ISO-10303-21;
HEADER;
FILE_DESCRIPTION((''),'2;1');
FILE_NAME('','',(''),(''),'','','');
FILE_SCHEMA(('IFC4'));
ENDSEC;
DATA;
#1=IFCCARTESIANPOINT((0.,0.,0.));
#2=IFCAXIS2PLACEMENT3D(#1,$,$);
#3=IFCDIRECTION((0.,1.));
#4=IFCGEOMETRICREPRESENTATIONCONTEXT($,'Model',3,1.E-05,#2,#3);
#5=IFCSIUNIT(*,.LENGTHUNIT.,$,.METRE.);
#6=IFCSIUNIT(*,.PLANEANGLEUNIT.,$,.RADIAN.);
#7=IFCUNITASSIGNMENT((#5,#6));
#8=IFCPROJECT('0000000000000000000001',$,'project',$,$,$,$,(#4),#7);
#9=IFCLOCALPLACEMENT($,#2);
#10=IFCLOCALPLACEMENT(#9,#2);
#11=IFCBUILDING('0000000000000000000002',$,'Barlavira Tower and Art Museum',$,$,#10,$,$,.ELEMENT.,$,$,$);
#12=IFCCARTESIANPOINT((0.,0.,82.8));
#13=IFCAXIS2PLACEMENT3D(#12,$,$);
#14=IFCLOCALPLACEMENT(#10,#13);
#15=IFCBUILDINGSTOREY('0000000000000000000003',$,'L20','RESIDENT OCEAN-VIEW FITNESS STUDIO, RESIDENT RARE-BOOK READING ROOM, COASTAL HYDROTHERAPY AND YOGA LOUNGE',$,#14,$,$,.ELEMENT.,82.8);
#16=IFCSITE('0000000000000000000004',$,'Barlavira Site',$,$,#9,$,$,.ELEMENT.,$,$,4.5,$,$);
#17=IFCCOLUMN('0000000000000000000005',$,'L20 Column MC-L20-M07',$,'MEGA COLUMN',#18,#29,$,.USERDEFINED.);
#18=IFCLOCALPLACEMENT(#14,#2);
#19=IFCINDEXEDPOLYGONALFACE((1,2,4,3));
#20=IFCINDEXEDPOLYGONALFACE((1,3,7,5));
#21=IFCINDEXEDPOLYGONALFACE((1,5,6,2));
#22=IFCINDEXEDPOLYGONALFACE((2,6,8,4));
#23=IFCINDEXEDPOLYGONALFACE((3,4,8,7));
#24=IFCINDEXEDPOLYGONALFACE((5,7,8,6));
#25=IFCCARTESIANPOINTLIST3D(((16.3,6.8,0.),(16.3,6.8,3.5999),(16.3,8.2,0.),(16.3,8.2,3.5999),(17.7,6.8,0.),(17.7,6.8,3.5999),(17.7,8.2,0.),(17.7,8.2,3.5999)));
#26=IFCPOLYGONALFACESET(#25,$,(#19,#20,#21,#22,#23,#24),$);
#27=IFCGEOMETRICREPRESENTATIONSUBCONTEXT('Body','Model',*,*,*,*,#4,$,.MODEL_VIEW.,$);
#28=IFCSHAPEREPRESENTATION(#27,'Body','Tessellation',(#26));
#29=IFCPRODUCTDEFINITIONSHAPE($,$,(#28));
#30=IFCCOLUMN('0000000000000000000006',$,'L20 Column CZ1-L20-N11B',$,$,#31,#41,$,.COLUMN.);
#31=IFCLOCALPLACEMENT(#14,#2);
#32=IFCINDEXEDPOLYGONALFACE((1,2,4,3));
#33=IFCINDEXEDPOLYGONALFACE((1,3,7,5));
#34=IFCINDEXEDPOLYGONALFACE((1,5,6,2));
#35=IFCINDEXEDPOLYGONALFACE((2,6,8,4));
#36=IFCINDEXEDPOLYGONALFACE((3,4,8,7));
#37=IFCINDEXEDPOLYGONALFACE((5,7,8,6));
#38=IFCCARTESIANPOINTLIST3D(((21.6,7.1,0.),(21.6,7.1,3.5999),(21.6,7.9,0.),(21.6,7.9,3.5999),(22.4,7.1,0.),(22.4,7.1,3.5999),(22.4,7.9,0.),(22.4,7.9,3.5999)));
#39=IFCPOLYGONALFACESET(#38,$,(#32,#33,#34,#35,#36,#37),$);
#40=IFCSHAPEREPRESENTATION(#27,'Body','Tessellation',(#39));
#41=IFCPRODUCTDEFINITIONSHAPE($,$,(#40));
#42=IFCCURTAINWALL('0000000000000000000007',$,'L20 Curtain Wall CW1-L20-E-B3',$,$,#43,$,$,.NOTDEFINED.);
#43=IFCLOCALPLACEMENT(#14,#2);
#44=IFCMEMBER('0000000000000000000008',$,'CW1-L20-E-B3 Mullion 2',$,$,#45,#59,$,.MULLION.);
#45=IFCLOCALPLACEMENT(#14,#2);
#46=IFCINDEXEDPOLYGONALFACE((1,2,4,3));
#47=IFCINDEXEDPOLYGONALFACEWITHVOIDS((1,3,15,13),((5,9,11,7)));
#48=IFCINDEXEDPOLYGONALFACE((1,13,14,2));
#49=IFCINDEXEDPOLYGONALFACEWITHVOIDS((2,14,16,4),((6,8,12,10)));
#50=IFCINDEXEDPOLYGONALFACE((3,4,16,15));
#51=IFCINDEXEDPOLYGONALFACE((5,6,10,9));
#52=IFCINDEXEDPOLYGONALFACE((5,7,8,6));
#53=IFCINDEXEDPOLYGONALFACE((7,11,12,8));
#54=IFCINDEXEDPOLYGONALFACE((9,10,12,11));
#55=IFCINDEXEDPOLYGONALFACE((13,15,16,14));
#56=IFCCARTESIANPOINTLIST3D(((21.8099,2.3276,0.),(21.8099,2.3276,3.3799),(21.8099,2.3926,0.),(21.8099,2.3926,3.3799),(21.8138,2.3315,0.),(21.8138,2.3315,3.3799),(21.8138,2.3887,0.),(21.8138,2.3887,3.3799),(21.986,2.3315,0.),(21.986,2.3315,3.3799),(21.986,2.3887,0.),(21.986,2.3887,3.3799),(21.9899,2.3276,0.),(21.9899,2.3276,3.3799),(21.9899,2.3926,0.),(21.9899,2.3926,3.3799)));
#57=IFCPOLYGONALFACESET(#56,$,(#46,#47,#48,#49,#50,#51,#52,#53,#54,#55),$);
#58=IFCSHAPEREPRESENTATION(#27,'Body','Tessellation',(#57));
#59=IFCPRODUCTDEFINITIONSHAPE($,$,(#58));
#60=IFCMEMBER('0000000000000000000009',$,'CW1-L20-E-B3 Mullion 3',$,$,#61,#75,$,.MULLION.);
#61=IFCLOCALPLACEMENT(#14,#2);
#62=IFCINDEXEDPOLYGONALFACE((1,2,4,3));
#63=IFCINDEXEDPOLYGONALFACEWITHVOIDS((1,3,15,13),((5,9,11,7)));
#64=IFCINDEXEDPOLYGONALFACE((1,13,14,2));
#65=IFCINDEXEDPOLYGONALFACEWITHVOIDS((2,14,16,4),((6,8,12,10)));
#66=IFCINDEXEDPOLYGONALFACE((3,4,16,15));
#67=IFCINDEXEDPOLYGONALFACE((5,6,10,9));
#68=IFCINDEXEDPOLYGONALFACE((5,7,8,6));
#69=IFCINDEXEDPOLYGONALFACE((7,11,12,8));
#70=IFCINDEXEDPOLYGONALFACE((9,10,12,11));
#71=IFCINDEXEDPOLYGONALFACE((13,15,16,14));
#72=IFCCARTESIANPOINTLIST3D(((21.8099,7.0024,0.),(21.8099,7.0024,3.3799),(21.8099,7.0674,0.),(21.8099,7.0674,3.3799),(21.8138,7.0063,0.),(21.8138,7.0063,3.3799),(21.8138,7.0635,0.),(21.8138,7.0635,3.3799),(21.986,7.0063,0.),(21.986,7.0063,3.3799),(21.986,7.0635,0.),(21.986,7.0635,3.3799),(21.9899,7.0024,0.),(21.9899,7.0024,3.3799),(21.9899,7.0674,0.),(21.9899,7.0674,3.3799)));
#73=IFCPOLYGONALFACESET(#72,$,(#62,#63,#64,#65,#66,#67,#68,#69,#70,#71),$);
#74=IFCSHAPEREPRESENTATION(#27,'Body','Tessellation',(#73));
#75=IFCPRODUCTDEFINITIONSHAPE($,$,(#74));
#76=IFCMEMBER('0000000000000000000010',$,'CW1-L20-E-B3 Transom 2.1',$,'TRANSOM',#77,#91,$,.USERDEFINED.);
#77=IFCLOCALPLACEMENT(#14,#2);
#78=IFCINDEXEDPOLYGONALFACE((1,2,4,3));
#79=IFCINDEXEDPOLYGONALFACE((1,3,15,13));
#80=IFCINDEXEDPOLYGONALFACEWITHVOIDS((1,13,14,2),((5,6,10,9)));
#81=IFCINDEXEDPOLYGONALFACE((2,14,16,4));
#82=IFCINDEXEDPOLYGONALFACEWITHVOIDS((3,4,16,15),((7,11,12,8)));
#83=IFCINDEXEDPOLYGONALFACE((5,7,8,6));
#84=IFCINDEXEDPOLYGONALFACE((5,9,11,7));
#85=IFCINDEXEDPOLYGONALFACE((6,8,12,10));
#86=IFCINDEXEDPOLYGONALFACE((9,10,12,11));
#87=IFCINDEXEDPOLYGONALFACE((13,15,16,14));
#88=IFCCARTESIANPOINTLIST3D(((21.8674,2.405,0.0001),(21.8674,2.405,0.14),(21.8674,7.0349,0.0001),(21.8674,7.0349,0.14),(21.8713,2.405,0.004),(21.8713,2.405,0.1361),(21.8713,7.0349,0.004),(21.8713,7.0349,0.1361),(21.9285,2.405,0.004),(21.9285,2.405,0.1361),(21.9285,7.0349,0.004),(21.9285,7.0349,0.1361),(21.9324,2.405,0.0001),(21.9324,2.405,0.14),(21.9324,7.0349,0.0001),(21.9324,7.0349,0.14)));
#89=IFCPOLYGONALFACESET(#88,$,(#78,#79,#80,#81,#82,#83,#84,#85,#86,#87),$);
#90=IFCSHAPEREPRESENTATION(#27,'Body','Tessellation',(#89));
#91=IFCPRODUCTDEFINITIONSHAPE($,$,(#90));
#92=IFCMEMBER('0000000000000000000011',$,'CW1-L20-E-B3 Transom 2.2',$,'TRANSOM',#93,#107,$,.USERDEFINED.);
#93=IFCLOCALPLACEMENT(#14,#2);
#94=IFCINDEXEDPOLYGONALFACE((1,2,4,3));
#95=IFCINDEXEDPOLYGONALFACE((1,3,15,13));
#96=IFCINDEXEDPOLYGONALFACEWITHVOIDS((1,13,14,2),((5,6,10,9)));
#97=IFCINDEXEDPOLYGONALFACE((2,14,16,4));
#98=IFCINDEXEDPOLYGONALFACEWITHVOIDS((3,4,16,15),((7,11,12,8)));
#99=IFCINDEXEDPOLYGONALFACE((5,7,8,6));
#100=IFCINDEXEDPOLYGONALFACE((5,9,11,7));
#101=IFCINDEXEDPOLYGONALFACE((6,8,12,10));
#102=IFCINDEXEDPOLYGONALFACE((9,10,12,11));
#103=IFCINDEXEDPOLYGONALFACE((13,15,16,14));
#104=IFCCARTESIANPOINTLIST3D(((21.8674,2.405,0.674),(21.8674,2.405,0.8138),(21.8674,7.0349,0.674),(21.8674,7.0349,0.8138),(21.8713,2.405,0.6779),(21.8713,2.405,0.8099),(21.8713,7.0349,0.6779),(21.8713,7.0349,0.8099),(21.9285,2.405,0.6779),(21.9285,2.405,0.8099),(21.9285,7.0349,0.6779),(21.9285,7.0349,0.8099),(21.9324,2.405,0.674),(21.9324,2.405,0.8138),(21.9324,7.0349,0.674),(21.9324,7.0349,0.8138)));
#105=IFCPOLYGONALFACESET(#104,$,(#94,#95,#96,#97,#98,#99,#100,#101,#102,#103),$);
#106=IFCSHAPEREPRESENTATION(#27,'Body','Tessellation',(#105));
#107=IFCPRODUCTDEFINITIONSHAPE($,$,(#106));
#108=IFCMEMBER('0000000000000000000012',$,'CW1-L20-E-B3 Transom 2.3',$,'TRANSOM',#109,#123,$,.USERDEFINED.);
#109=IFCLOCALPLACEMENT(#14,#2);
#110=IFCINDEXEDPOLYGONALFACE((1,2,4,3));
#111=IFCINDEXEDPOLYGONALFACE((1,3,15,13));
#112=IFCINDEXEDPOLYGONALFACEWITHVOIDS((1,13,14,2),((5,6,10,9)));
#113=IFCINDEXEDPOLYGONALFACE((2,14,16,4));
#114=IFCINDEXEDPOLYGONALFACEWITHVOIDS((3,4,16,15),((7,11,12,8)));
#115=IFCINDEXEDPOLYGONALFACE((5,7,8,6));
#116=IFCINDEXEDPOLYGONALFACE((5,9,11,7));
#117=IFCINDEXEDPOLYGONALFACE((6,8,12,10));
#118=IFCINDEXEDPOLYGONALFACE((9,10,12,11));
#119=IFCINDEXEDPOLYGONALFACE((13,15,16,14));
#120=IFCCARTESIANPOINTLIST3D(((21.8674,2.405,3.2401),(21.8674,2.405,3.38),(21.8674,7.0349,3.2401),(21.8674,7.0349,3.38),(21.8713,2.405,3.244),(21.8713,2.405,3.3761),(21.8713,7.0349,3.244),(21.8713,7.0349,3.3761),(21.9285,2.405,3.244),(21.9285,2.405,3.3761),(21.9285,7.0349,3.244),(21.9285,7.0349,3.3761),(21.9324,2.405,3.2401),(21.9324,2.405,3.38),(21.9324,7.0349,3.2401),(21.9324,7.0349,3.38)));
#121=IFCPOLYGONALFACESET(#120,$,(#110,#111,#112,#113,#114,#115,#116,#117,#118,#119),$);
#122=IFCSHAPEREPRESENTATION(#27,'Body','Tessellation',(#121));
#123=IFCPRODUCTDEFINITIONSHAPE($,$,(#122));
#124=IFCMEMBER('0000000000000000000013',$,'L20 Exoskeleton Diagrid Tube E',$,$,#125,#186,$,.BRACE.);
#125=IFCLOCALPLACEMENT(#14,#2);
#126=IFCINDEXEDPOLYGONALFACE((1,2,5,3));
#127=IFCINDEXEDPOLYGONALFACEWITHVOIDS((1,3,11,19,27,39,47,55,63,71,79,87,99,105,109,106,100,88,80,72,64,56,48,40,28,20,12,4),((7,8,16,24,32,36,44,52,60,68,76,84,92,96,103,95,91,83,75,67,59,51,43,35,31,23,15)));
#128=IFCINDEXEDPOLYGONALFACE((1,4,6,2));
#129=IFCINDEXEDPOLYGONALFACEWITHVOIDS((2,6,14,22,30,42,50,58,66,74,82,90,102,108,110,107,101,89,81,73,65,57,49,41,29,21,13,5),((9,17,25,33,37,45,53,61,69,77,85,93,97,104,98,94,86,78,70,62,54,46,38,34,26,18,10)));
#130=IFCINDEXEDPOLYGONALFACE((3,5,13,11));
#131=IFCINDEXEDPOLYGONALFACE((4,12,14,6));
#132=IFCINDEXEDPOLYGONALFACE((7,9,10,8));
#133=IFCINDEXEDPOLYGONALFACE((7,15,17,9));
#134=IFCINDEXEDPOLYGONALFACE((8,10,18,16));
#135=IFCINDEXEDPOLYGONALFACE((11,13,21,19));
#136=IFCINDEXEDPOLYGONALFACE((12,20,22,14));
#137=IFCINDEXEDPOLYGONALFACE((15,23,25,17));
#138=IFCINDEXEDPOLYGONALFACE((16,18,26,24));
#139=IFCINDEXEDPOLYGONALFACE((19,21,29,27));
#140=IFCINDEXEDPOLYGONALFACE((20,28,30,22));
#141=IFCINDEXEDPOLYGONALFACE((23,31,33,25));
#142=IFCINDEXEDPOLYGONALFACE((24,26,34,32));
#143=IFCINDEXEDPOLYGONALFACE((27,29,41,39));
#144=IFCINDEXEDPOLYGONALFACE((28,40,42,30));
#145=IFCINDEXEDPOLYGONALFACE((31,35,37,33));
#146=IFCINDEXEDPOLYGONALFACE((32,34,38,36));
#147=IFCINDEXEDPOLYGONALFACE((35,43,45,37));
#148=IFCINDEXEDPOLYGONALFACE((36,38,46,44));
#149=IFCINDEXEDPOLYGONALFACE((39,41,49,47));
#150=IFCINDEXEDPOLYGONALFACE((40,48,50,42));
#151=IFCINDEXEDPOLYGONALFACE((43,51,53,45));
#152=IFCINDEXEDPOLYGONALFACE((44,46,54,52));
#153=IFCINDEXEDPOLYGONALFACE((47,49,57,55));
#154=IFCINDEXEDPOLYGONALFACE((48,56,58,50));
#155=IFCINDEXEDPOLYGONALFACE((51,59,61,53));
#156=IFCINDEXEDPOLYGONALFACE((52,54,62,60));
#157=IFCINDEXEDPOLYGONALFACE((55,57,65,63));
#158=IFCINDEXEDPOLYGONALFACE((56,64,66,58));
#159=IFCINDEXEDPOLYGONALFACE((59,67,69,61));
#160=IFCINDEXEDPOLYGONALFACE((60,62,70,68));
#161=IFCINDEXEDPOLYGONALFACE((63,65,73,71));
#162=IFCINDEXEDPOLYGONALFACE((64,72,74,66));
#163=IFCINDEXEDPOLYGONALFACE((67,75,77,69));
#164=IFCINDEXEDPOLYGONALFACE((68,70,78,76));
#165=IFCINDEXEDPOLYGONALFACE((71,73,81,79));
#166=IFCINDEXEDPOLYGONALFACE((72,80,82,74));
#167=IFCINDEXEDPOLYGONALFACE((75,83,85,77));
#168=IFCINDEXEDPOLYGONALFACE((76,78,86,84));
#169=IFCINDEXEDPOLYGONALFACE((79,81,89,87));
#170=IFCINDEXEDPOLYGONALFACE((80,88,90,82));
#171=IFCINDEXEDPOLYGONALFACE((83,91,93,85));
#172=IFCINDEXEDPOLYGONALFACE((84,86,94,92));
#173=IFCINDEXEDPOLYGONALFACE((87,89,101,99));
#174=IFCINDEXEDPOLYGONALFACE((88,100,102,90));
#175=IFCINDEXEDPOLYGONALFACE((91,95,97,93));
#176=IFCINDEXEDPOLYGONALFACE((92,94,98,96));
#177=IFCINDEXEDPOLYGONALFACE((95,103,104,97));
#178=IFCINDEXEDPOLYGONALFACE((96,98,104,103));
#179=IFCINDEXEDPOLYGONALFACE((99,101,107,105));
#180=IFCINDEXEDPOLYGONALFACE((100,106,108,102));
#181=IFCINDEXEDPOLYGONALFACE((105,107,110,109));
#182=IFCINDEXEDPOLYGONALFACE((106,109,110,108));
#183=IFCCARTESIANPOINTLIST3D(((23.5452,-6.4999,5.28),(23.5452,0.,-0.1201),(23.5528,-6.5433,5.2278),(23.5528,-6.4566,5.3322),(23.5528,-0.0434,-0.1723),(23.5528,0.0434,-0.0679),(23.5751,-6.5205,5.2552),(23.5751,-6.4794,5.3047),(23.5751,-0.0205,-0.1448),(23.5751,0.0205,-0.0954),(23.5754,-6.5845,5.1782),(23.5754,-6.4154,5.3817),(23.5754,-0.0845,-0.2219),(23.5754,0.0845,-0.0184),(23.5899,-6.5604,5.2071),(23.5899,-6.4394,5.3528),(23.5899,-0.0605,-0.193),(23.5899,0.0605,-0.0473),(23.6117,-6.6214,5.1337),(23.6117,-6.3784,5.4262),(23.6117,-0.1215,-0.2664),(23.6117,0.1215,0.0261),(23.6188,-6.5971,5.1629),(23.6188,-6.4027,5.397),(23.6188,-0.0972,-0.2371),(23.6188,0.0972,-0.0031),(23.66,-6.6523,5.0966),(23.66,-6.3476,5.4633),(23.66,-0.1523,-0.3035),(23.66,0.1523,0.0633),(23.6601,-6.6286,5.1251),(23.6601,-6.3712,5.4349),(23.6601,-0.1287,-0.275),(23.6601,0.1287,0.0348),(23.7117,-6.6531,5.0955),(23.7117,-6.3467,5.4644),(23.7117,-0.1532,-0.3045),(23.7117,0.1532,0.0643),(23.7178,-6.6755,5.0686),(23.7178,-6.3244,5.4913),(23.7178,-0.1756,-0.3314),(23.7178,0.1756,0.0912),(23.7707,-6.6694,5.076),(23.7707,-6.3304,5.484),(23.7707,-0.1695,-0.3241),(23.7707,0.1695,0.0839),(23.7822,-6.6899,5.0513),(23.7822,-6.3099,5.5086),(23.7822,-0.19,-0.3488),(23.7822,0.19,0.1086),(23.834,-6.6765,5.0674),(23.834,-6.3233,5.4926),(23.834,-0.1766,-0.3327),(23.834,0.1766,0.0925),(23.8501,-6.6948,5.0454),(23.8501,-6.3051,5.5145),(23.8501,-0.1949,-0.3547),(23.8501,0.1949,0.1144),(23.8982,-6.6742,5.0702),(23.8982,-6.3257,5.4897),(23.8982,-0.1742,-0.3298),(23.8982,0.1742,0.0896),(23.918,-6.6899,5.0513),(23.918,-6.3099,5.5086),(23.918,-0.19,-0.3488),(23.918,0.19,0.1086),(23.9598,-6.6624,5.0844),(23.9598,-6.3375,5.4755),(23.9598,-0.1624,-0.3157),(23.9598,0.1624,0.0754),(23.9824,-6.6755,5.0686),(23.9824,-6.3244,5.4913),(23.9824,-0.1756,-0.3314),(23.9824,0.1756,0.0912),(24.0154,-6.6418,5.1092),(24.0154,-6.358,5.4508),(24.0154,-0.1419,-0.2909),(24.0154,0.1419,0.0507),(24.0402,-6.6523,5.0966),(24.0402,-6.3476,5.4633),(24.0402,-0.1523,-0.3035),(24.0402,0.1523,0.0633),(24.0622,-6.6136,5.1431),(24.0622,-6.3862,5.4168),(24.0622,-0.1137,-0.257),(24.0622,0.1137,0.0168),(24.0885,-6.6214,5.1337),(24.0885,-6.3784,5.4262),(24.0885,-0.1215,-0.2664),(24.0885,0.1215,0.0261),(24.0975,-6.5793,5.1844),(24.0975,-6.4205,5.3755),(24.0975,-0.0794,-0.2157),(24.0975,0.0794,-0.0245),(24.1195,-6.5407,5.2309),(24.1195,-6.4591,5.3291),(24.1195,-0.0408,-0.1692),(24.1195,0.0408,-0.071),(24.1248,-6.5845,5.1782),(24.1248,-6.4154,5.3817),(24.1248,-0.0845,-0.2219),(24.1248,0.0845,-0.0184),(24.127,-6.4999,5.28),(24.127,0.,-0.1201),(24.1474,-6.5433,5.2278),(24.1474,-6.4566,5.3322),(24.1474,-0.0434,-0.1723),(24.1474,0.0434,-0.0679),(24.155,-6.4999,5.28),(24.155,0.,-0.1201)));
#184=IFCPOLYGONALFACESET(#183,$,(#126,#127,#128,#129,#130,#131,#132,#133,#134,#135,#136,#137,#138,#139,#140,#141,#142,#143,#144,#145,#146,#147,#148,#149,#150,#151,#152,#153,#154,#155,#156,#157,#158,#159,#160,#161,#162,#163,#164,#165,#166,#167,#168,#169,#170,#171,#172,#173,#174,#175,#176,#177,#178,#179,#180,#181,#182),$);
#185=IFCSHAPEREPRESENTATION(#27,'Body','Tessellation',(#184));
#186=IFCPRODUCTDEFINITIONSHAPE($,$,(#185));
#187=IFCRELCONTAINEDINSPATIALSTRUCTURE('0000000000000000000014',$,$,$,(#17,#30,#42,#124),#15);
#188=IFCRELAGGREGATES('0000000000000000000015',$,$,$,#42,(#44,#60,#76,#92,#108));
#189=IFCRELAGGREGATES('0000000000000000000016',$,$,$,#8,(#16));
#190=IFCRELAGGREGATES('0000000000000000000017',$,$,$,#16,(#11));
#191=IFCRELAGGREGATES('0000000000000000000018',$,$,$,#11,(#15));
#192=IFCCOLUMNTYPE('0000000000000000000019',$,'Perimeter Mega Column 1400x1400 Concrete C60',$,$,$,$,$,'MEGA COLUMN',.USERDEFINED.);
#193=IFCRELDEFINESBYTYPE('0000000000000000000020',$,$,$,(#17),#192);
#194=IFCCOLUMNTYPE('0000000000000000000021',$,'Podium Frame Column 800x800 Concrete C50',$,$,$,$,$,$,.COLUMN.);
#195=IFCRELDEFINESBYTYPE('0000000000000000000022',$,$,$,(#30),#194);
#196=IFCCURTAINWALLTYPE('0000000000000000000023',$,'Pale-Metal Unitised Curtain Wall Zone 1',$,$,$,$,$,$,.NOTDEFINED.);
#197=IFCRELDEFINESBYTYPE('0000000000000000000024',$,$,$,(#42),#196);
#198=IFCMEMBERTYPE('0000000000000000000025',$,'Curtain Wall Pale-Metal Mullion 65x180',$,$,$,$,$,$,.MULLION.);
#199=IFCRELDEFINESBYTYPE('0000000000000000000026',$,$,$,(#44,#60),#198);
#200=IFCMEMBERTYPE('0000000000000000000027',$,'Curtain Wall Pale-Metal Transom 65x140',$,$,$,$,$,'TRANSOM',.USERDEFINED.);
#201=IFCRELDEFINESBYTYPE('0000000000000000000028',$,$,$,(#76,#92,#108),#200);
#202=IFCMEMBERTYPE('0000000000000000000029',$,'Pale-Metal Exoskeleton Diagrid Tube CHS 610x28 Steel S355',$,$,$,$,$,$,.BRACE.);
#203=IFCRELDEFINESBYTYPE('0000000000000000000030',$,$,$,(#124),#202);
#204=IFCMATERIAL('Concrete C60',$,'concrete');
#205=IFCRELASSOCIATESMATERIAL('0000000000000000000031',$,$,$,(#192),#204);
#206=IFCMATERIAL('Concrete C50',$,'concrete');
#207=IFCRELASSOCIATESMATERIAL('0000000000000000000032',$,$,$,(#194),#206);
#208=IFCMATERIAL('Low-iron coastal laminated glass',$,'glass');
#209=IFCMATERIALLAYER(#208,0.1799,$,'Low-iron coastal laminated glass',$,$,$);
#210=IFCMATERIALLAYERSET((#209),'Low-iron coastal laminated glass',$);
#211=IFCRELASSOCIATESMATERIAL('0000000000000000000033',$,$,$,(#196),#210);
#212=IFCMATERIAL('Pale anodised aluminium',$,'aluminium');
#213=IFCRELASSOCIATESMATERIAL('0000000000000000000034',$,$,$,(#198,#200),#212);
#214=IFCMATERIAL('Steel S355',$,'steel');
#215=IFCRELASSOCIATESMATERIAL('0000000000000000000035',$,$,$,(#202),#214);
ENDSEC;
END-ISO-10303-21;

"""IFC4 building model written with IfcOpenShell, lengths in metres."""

from ifc_helpers import new_model, si_unit, direction, frame, origin, origin_2d, place, context, subcontext, project, spatial, rectangle, hollow_rectangle, hollow_circle, extrude, material, layer, layer_set, material_profile, profile_set, type_object, element, aggregate, save


model = new_model("IFC4")

# Units and contexts
model_context = context("Model", 3, precision=1e-05, world=origin(), true_north=direction((0.0, 1.0)))
body_context = subcontext(model_context, "Body", "Model", "MODEL_VIEW")
ifc_project = project(units=[si_unit("LENGTHUNIT", "METRE"), si_unit("PLANEANGLEUNIT", "RADIAN")], contexts=[model_context])

# Site, building, storey
site_placement = place(None, origin())
site = spatial("IfcSite", under=ifc_project, at=site_placement, Name="Barlavira Site", CompositionType="ELEMENT", RefElevation=4.5)
building_placement = place(site_placement, origin())
building = spatial("IfcBuilding", under=site, at=building_placement, Name="Barlavira Tower and Art Museum", CompositionType="ELEMENT")
storey_placement = place(building_placement, frame((0.0, 0.0, 82.8)))
storey = spatial("IfcBuildingStorey", under=building, at=storey_placement, Name="L20", Description="RESIDENT OCEAN-VIEW FITNESS STUDIO, RESIDENT RARE-BOOK READING ROOM, COASTAL HYDROTHERAPY AND YOGA LOUNGE", CompositionType="ELEMENT", Elevation=82.8)

# Columns
ifc_material_1 = material(Name="Concrete C60", Category="concrete")
ifc_material_profile_1 = material_profile(ifc_material_1, rectangle(XDim=1.3999, YDim=1.3999, at=origin_2d()), Name="RC-MCOL 1400x1400")
ifc_profile_set_1 = profile_set([ifc_material_profile_1], Name="Concrete C60")
column_type_1 = type_object("IfcColumnType", Name="Perimeter Mega Column 1400x1400 Concrete C60", ElementType="MEGA COLUMN", PredefinedType="USERDEFINED", material=ifc_profile_set_1)
column_1_placement = place(storey_placement, frame((17.0, 7.5, 0.0), z_axis=(0.0, 0.0, 1.0), x_axis=(1.0, 0.0, 0.0)))
element("IfcColumn", 1, at=column_1_placement, inside=storey, type_object=column_type_1, Name="L20 Column MC-L20-M07", ObjectType="MEGA COLUMN", PredefinedType="USERDEFINED", context=body_context, shape_type="SweptSolid", body=[
    extrude(rectangle(XDim=1.3999, YDim=1.3999, at=origin_2d()), origin(), (0.0, 0.0, 1.0), 3.5999),
])
ifc_material_2 = material(Name="Concrete C50", Category="concrete")
ifc_material_profile_2 = material_profile(ifc_material_2, rectangle(XDim=0.8, YDim=0.8, at=origin_2d()), Name="RC-COL 800x800")
ifc_profile_set_2 = profile_set([ifc_material_profile_2], Name="Concrete C50")
column_type_2 = type_object("IfcColumnType", Name="Podium Frame Column 800x800 Concrete C50", PredefinedType="COLUMN", material=ifc_profile_set_2)
column_2_placement = place(storey_placement, frame((22.0, 7.5, 0.0), z_axis=(0.0, 0.0, 1.0), x_axis=(1.0, 0.0, 0.0)))
element("IfcColumn", 2, at=column_2_placement, inside=storey, type_object=column_type_2, Name="L20 Column CZ1-L20-N11B", PredefinedType="COLUMN", context=body_context, shape_type="SweptSolid", body=[
    extrude(rectangle(XDim=0.8, YDim=0.8, at=origin_2d()), origin(), (0.0, 0.0, 1.0), 3.5999),
])

# Curtain wall, members
ifc_material_3 = material(Name="Low-iron coastal laminated glass", Category="glass")
ifc_layer_1 = layer(ifc_material_3, 0.1799, Name="Low-iron coastal laminated glass")
ifc_layer_set_1 = layer_set([ifc_layer_1], Name="Low-iron coastal laminated glass")
curtain_wall_type = type_object("IfcCurtainWallType", Name="Pale-Metal Unitised Curtain Wall Zone 1", PredefinedType="NOTDEFINED", material=ifc_layer_set_1)
curtain_wall_placement = place(storey_placement, origin())
curtain_wall = element("IfcCurtainWall", 3, at=curtain_wall_placement, inside=storey, type_object=curtain_wall_type, Name="L20 Curtain Wall CW1-L20-E-B3", PredefinedType="NOTDEFINED")
ifc_material_4 = material(Name="Pale anodised aluminium", Category="aluminium")
ifc_material_profile_3 = material_profile(ifc_material_4, hollow_rectangle(XDim=0.0649, YDim=0.1799, WallThickness=0.0039, at=origin_2d()), Name="ALU-MULL 65x180x4")
ifc_profile_set_3 = profile_set([ifc_material_profile_3], Name="Pale anodised aluminium")
member_type_1 = type_object("IfcMemberType", Name="Curtain Wall Pale-Metal Mullion 65x180", PredefinedType="MULLION", material=ifc_profile_set_3)
member_1_placement = place(storey_placement, frame((21.8999, 2.3601, 0.0), z_axis=(0.0, 0.0, 1.0), x_axis=(0.0, 1.0, 0.0)))
member_1 = element("IfcMember", 4, at=member_1_placement, type_object=member_type_1, Name="CW1-L20-E-B3 Mullion 2", PredefinedType="MULLION", context=body_context, shape_type="SweptSolid", body=[
    extrude(hollow_rectangle(XDim=0.0649, YDim=0.1799, WallThickness=0.0039, at=origin_2d()), origin(), (0.0, 0.0, 1.0), 3.3799),
])
member_2_placement = place(storey_placement, frame((21.8999, 7.0349, 0.0), z_axis=(0.0, 0.0, 1.0), x_axis=(0.0, 1.0, 0.0)))
member_2 = element("IfcMember", 5, at=member_2_placement, type_object=member_type_1, Name="CW1-L20-E-B3 Mullion 3", PredefinedType="MULLION", context=body_context, shape_type="SweptSolid", body=[
    extrude(hollow_rectangle(XDim=0.0649, YDim=0.1799, WallThickness=0.0039, at=origin_2d()), origin(), (0.0, 0.0, 1.0), 3.3799),
])
ifc_material_profile_4 = material_profile(ifc_material_4, hollow_rectangle(XDim=0.0649, YDim=0.1399, WallThickness=0.0039, at=origin_2d()), Name="ALU-TRAN 65x140x4")
ifc_profile_set_4 = profile_set([ifc_material_profile_4], Name="Pale anodised aluminium")
member_type_2 = type_object("IfcMemberType", Name="Curtain Wall Pale-Metal Transom 65x140", ElementType="TRANSOM", PredefinedType="USERDEFINED", material=ifc_profile_set_4)
member_3_placement = place(storey_placement, frame((21.8999, 2.405, 0.0701), z_axis=(0.0, 1.0, 0.0), x_axis=(-1.0, 0.0, 0.0)))
member_3 = element("IfcMember", 6, at=member_3_placement, type_object=member_type_2, Name="CW1-L20-E-B3 Transom 2.1", ObjectType="TRANSOM", PredefinedType="USERDEFINED", context=body_context, shape_type="SweptSolid", body=[
    extrude(hollow_rectangle(XDim=0.0649, YDim=0.1399, WallThickness=0.0039, at=origin_2d()), origin(), (0.0, 0.0, 1.0), 4.6299),
])
member_4_placement = place(storey_placement, frame((21.8999, 2.405, 0.7439), z_axis=(0.0, 1.0, 0.0), x_axis=(-1.0, 0.0, 0.0)))
member_4 = element("IfcMember", 7, at=member_4_placement, type_object=member_type_2, Name="CW1-L20-E-B3 Transom 2.2", ObjectType="TRANSOM", PredefinedType="USERDEFINED", context=body_context, shape_type="SweptSolid", body=[
    extrude(hollow_rectangle(XDim=0.0649, YDim=0.1399, WallThickness=0.0039, at=origin_2d()), origin(), (0.0, 0.0, 1.0), 4.6299),
])
member_5_placement = place(storey_placement, frame((21.8999, 2.405, 3.3101), z_axis=(0.0, 1.0, 0.0), x_axis=(-1.0, 0.0, 0.0)))
member_5 = element("IfcMember", 8, at=member_5_placement, type_object=member_type_2, Name="CW1-L20-E-B3 Transom 2.3", ObjectType="TRANSOM", PredefinedType="USERDEFINED", context=body_context, shape_type="SweptSolid", body=[
    extrude(hollow_rectangle(XDim=0.0649, YDim=0.1399, WallThickness=0.0039, at=origin_2d()), origin(), (0.0, 0.0, 1.0), 4.6299),
])

# Member
ifc_material_5 = material(Name="Steel S355", Category="steel")
ifc_material_profile_5 = material_profile(ifc_material_5, hollow_circle(Radius=0.3049, WallThickness=0.0281, at=origin_2d()), Name="CHS 610.0x28.0")
ifc_profile_set_5 = profile_set([ifc_material_profile_5], Name="Steel S355")
member_type_3 = type_object("IfcMemberType", Name="Pale-Metal Exoskeleton Diagrid Tube CHS 610x28 Steel S355", PredefinedType="BRACE", material=ifc_profile_set_5)
for number, where, z_axis, x_axis, name in (
    (9, (23.8501, 0.0, -0.1201), (0.0, -0.769182, 0.63903), (1.0, 0.0, 0.0), "L20 Exoskeleton Diagrid Tube E"),
):
    element("IfcMember", number, at=place(storey_placement, frame(where, z_axis=z_axis, x_axis=x_axis)), inside=storey, type_object=member_type_3, Name=name, PredefinedType="BRACE", context=body_context, shape_type="SweptSolid", body=[
        extrude(hollow_circle(Radius=0.3049, WallThickness=0.0281, at=origin_2d()), origin(), (0.0, 0.0, 1.0), 8.4504),
    ])

aggregate(curtain_wall, [member_1, member_2, member_3, member_4, member_5])

save(model, "model.ifc")
